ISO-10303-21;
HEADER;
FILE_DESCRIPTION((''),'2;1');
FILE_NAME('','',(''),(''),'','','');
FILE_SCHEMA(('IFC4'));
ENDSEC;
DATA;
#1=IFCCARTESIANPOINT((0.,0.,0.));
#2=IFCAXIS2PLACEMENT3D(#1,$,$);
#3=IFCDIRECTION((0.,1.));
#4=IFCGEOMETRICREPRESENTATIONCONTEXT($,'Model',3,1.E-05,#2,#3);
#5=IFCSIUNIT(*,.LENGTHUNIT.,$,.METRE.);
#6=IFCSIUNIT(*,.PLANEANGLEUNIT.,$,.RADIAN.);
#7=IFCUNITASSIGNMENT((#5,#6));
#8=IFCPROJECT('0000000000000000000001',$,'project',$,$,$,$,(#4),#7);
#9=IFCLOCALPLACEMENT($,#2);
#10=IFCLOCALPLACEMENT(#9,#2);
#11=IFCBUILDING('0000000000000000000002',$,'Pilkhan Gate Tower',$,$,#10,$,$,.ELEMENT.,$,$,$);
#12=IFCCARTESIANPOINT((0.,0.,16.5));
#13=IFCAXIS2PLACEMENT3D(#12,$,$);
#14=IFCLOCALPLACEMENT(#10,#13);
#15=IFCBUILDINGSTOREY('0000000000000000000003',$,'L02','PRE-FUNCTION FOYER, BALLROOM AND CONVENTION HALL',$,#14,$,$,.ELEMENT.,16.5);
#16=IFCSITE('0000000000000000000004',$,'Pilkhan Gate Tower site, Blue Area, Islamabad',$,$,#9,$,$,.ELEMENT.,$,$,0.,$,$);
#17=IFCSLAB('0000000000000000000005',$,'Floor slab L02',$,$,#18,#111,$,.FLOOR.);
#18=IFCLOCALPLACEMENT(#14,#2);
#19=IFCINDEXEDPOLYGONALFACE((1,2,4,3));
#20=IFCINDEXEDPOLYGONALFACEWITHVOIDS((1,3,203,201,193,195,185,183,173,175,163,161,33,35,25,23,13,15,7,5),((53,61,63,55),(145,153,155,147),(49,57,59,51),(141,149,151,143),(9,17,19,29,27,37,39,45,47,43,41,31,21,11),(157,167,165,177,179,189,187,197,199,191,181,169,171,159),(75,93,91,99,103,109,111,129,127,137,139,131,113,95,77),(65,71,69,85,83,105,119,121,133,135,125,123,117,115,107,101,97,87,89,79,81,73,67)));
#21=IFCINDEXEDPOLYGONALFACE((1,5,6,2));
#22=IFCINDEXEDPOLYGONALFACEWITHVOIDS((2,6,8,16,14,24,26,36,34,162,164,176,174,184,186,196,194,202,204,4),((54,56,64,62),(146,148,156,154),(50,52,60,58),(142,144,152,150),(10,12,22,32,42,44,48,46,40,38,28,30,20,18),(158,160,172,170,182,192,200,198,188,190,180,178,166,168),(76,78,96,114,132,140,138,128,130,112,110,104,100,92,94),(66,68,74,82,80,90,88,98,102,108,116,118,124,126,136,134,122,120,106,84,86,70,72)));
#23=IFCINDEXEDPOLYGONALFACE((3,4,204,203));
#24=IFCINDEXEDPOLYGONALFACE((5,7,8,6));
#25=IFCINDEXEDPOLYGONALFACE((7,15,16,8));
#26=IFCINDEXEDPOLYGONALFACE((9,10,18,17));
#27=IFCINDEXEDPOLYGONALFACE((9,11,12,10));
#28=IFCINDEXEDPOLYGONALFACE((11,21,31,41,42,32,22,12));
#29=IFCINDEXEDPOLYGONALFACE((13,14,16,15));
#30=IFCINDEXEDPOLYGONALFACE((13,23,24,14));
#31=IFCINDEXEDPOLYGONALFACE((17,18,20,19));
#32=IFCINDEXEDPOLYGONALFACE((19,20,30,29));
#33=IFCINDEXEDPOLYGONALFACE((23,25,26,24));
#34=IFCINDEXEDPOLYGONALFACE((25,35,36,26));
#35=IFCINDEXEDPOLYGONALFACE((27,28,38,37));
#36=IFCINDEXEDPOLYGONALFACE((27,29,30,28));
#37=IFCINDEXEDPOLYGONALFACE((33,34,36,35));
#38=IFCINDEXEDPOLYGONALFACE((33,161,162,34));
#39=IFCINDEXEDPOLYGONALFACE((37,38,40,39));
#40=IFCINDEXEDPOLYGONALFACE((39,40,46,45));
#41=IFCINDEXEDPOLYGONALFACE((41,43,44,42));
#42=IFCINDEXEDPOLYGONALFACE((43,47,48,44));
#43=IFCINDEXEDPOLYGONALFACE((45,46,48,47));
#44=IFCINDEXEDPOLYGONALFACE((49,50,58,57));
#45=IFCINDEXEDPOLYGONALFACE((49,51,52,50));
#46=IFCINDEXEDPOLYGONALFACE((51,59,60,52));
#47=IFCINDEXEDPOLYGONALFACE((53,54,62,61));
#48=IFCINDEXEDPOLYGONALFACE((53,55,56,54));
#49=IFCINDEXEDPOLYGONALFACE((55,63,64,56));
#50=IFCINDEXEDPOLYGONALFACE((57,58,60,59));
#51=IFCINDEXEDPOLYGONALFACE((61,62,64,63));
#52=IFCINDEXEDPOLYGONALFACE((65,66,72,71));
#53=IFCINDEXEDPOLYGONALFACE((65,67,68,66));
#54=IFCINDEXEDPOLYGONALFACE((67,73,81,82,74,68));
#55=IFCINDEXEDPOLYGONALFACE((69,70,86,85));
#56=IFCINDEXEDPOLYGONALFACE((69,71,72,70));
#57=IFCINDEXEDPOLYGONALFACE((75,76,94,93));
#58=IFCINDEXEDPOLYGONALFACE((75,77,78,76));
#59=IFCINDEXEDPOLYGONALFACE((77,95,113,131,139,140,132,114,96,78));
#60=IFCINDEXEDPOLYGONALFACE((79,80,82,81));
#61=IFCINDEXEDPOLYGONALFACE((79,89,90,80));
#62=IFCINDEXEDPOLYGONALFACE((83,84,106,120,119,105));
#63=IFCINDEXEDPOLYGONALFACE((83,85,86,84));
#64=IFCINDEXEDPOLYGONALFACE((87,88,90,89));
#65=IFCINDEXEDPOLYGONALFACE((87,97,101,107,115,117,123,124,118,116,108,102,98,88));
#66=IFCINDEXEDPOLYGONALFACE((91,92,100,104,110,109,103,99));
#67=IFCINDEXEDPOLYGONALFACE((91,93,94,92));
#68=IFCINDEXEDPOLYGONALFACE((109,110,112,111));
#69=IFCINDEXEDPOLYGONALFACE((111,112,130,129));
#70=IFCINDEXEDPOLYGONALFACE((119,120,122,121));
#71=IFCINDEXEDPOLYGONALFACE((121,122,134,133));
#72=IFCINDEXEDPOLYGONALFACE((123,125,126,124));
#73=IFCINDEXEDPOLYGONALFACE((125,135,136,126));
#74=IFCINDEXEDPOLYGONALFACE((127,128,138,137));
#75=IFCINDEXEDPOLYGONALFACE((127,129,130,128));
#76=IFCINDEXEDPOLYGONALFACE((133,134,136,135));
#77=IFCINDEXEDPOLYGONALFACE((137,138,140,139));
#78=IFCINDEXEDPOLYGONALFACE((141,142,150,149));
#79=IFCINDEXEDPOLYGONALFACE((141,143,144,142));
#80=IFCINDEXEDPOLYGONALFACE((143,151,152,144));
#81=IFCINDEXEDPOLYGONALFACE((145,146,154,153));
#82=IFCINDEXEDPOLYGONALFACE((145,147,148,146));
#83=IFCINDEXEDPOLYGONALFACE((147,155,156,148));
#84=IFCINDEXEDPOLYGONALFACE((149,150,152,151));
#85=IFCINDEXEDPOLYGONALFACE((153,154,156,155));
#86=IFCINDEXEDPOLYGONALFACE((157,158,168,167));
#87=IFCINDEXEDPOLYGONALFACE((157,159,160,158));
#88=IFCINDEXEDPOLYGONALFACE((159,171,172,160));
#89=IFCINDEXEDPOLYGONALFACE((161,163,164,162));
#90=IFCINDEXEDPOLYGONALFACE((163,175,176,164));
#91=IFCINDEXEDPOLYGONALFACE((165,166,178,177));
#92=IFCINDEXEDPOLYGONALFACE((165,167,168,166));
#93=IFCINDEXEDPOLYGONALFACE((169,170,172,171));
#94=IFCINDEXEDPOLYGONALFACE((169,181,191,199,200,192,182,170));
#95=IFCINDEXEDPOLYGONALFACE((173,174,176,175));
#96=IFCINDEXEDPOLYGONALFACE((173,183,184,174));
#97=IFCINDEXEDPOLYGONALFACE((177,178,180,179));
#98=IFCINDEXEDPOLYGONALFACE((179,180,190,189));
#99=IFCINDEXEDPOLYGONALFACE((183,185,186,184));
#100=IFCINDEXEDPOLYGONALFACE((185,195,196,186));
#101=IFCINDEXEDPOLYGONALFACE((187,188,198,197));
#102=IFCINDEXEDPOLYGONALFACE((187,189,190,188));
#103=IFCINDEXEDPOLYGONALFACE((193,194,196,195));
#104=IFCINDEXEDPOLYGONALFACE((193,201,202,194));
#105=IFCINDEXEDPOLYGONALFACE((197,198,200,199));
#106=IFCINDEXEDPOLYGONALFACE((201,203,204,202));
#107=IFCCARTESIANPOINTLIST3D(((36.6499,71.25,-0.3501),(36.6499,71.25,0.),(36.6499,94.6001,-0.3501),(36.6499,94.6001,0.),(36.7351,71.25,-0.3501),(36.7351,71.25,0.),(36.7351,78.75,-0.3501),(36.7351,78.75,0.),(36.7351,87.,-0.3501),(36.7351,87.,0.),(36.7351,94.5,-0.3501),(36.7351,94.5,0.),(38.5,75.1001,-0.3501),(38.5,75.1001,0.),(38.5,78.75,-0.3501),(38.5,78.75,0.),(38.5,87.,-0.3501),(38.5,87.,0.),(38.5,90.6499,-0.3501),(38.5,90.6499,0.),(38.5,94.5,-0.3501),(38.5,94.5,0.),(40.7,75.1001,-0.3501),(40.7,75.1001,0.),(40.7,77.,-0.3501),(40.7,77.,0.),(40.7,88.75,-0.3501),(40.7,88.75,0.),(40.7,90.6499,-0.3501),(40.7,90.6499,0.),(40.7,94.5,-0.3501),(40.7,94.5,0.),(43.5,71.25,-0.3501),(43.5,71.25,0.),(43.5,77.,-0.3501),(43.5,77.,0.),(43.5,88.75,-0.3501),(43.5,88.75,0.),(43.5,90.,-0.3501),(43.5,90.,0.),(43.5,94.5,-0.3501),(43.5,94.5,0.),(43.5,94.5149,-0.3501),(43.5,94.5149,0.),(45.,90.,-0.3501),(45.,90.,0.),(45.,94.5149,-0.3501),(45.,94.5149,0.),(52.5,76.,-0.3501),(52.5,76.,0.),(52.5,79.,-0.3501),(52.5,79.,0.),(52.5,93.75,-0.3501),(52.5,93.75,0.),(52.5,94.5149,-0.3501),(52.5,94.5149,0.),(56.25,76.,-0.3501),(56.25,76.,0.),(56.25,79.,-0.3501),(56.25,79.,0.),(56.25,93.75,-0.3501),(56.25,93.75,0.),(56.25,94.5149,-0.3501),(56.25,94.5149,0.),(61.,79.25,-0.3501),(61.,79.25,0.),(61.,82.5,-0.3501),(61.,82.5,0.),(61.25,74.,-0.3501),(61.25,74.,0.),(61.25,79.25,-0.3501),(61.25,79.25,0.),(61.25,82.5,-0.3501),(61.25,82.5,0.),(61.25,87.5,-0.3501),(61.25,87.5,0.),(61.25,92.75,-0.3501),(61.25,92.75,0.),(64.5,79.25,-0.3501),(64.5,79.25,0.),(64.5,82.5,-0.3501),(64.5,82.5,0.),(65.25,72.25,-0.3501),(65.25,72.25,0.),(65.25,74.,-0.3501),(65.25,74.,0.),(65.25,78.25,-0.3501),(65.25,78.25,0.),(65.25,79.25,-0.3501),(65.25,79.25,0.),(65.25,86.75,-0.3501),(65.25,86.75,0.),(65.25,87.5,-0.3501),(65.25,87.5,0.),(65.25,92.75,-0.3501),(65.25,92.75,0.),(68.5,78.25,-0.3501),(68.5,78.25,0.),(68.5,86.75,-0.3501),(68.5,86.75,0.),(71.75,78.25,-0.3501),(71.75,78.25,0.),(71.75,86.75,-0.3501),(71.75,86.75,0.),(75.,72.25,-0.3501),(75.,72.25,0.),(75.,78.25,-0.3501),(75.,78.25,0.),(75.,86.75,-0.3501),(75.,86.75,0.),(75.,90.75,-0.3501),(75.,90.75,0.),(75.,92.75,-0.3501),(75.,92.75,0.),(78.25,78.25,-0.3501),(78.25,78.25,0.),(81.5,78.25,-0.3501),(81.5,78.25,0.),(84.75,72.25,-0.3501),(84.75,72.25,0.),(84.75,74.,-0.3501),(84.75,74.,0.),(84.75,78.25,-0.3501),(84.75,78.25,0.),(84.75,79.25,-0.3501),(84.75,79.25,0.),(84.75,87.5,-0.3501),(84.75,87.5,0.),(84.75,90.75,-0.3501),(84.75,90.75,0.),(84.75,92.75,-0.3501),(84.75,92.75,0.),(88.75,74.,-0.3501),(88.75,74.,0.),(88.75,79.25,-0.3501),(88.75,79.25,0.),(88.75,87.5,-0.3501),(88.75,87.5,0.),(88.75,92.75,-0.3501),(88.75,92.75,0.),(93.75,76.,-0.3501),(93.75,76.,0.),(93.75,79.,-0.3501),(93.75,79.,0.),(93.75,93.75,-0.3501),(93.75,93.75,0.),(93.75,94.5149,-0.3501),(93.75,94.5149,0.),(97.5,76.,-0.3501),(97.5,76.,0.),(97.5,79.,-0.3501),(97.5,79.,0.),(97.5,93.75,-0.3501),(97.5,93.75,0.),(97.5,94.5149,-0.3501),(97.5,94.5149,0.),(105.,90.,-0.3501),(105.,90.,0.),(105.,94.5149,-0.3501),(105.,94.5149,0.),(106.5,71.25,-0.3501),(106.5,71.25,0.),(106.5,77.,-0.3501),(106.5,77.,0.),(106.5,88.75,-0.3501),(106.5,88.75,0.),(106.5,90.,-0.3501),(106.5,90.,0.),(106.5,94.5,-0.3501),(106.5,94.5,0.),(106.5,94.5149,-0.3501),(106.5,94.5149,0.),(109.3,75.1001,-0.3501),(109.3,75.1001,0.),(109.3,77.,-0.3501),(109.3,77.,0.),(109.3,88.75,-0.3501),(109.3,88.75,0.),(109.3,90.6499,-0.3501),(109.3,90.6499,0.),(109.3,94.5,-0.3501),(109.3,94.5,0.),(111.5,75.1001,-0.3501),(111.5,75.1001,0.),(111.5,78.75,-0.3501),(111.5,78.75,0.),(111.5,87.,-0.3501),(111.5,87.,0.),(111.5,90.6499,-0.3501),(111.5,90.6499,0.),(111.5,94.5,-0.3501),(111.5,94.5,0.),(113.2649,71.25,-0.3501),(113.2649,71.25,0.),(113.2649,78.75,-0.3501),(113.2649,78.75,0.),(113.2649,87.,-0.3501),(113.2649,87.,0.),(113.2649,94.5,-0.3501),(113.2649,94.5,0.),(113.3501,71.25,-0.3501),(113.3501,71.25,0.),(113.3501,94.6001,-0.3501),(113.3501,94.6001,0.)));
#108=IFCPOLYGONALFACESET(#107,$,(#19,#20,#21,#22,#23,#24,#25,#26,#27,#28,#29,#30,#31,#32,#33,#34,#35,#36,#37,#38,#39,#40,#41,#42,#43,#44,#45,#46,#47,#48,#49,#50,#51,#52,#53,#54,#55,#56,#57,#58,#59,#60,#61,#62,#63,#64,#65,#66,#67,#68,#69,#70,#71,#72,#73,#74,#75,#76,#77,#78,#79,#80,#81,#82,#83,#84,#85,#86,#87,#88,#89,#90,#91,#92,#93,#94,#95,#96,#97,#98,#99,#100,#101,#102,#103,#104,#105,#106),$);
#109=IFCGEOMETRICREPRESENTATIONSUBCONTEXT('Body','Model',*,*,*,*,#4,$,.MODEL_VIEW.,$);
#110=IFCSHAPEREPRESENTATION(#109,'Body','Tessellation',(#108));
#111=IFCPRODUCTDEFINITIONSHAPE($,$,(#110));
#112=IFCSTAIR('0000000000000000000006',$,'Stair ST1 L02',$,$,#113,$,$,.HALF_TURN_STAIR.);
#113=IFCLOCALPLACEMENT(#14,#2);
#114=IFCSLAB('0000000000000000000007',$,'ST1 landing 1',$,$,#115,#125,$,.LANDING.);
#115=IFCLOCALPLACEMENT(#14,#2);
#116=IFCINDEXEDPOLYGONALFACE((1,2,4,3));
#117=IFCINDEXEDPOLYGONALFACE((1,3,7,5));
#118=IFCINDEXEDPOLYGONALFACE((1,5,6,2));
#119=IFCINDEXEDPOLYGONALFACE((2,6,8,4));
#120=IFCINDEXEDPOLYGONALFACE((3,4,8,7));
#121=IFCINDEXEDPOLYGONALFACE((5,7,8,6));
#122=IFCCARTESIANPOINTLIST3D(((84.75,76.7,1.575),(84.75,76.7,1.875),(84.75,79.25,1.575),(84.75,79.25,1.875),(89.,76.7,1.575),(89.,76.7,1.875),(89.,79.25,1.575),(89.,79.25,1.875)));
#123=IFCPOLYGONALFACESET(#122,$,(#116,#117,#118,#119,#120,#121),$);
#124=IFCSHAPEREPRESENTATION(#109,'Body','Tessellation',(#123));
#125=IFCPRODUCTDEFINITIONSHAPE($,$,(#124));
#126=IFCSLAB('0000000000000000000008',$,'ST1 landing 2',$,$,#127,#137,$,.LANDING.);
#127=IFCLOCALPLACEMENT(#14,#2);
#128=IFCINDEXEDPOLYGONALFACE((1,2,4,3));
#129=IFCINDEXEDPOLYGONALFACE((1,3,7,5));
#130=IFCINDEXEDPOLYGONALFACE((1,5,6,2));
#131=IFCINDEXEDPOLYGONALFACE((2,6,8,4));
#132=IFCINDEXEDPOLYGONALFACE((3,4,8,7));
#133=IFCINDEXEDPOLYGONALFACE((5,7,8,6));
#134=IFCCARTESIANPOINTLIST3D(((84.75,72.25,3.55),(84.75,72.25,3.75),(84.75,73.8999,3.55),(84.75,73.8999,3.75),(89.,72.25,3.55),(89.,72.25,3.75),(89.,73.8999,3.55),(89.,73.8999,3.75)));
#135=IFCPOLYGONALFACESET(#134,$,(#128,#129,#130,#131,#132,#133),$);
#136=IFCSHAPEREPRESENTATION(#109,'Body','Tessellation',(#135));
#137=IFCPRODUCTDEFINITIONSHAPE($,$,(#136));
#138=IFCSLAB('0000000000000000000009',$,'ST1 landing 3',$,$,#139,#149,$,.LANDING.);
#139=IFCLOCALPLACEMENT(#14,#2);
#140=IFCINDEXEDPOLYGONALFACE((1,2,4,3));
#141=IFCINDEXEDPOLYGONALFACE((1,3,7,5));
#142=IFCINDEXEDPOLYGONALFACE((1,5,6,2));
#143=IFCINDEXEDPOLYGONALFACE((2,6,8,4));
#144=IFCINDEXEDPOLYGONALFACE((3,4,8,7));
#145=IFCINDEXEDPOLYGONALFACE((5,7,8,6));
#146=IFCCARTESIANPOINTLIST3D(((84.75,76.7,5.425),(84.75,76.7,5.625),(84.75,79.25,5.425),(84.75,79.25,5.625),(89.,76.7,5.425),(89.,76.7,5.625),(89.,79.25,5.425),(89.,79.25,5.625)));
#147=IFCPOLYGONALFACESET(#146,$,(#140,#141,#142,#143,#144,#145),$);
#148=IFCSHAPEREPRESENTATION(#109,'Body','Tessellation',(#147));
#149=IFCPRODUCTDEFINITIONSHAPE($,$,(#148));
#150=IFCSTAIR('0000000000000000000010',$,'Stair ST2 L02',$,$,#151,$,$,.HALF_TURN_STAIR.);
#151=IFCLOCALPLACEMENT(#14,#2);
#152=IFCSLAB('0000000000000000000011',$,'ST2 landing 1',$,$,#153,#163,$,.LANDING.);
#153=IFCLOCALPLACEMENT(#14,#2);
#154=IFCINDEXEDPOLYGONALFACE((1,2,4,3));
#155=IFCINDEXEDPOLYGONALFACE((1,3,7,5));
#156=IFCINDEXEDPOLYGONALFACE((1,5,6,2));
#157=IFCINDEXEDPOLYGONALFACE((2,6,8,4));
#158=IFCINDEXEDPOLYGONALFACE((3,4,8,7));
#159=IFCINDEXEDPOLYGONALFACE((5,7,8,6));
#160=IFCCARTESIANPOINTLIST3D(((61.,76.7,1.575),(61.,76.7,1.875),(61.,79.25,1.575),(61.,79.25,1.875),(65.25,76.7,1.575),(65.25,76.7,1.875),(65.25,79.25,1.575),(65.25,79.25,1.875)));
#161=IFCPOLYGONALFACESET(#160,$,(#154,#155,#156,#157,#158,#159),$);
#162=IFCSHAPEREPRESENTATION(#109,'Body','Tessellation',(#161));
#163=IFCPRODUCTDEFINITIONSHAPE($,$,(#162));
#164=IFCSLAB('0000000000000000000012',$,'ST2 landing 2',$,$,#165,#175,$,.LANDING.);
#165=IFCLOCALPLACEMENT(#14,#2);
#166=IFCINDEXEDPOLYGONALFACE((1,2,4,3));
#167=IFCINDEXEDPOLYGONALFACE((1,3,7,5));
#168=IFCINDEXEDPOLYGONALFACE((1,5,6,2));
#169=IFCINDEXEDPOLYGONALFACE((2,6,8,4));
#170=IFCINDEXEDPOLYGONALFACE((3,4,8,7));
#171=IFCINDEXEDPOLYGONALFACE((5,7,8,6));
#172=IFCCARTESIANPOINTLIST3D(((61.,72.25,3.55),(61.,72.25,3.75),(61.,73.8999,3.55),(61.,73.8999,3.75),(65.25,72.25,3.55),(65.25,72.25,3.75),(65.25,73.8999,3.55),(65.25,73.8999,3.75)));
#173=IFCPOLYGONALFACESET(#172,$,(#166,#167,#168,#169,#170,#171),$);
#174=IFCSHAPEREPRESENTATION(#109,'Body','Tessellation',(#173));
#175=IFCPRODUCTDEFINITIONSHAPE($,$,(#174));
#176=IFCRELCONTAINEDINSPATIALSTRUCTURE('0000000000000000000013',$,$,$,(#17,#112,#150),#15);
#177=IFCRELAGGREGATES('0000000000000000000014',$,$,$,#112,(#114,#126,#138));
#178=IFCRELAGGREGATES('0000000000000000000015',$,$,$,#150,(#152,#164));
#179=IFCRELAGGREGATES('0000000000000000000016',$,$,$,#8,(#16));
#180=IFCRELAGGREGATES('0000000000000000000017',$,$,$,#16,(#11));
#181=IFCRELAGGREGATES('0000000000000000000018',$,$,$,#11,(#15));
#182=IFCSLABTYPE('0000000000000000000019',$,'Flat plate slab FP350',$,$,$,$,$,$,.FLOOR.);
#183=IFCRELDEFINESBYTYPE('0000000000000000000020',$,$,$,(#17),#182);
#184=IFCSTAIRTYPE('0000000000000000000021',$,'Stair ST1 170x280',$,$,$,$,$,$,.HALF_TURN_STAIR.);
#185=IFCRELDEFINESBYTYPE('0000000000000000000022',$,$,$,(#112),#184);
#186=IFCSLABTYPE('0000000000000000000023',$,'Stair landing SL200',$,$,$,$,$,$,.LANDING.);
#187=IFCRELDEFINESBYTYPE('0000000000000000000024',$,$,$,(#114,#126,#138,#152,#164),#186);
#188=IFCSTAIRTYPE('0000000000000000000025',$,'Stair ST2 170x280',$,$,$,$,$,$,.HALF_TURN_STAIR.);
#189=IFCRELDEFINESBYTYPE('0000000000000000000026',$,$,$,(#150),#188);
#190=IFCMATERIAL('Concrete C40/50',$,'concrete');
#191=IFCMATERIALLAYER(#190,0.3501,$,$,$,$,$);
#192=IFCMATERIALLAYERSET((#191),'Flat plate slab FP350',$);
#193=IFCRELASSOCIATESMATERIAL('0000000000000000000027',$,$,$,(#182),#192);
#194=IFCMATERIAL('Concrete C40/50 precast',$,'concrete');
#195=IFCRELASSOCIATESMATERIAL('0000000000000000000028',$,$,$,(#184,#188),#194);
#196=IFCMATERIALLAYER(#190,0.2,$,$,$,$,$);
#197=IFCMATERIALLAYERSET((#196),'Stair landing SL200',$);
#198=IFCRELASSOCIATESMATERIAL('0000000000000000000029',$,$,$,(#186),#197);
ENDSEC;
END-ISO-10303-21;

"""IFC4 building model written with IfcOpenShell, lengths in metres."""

from ifc_helpers import new_model, si_unit, direction, frame, origin, place, context, subcontext, project, spatial, polyline, outline, extrude, material, layer, layer_set, type_object, element, aggregate, save


model = new_model("IFC4")

# Units and contexts
model_context = context("Model", 3, precision=1e-05, world=origin(), true_north=direction((0.0, 1.0)))
body_context = subcontext(model_context, "Body", "Model", "MODEL_VIEW")
ifc_project = project(units=[si_unit("LENGTHUNIT", "METRE"), si_unit("PLANEANGLEUNIT", "RADIAN")], contexts=[model_context])

# Site, building, storey
site_placement = place(None, origin())
site = spatial("IfcSite", under=ifc_project, at=site_placement, Name="Pilkhan Gate Tower site, Blue Area, Islamabad", CompositionType="ELEMENT", RefElevation=0.0)
building_placement = place(site_placement, origin())
building = spatial("IfcBuilding", under=site, at=building_placement, Name="Pilkhan Gate Tower", CompositionType="ELEMENT")
storey_placement = place(building_placement, frame((0.0, 0.0, 16.5)))
storey = spatial("IfcBuildingStorey", under=building, at=storey_placement, Name="L02", Description="PRE-FUNCTION FOYER, BALLROOM AND CONVENTION HALL", CompositionType="ELEMENT", Elevation=16.5)

# Slab
ifc_material_1 = material(Name="Concrete C40/50", Category="concrete")
ifc_layer_1 = layer(ifc_material_1, 0.3501)
ifc_layer_set_1 = layer_set([ifc_layer_1], Name="Flat plate slab FP350")
slab_type_1 = type_object("IfcSlabType", Name="Flat plate slab FP350", PredefinedType="FLOOR", material=ifc_layer_set_1)
slab_1_placement = place(storey_placement, frame((0.0, 0.0, -0.3501)))
element("IfcSlab", 1, at=slab_1_placement, inside=storey, type_object=slab_type_1, Name="Floor slab L02", PredefinedType="FLOOR", context=body_context, shape_type="SweptSolid", body=[
    extrude(outline(polyline([(36.6499, 94.6001), (113.3501, 94.6001), (113.3501, 71.25), (113.2649, 71.25), (113.2649, 78.75), (111.5, 78.75), (111.5, 75.1001), (109.3, 75.1001), (109.3, 77.0), (106.5, 77.0), (106.5, 71.25), (43.5, 71.25), (43.5, 77.0), (40.7, 77.0), (40.7, 75.1001), (38.5, 75.1001), (38.5, 78.75), (36.7351, 78.75), (36.7351, 71.25), (36.6499, 71.25), (36.6499, 94.6001)]), holes=[polyline([(109.3, 94.5), (106.5, 94.5), (106.5, 94.5149), (105.0, 94.5149), (105.0, 90.0), (106.5, 90.0), (106.5, 88.75), (109.3, 88.75), (109.3, 90.6499), (111.5, 90.6499), (111.5, 87.0), (113.2649, 87.0), (113.2649, 94.5), (111.5, 94.5), (109.3, 94.5)]), polyline([(97.5, 79.0), (93.75, 79.0), (93.75, 76.0), (97.5, 76.0), (97.5, 79.0)]), polyline([(71.75, 86.75), (75.0, 86.75), (75.0, 90.75), (84.75, 90.75), (84.75, 87.5), (88.75, 87.5), (88.75, 92.75), (84.75, 92.75), (75.0, 92.75), (65.25, 92.75), (61.25, 92.75), (61.25, 87.5), (65.25, 87.5), (65.25, 86.75), (68.5, 86.75), (71.75, 86.75)]), polyline([(84.75, 72.25), (84.75, 74.0), (88.75, 74.0), (88.75, 79.25), (84.75, 79.25), (84.75, 78.25), (81.5, 78.25), (78.25, 78.25), (75.0, 78.25), (71.75, 78.25), (68.5, 78.25), (65.25, 78.25), (65.25, 79.25), (64.5, 79.25), (64.5, 82.5), (61.25, 82.5), (61.0, 82.5), (61.0, 79.25), (61.25, 79.25), (61.25, 74.0), (65.25, 74.0), (65.25, 72.25), (75.0, 72.25), (84.75, 72.25)]), polyline([(56.25, 79.0), (52.5, 79.0), (52.5, 76.0), (56.25, 76.0), (56.25, 79.0)]), polyline([(40.7, 90.6499), (40.7, 88.75), (43.5, 88.75), (43.5, 90.0), (45.0, 90.0), (45.0, 94.5149), (43.5, 94.5149), (43.5, 94.5), (40.7, 94.5), (38.5, 94.5), (36.7351, 94.5), (36.7351, 87.0), (38.5, 87.0), (38.5, 90.6499), (40.7, 90.6499)]), polyline([(52.5, 93.75), (56.25, 93.75), (56.25, 94.5149), (52.5, 94.5149), (52.5, 93.75)]), polyline([(93.75, 93.75), (97.5, 93.75), (97.5, 94.5149), (93.75, 94.5149), (93.75, 93.75)])]), origin(), (0.0, 0.0, 1.0), 0.3501),
])

# Stairs, slabs
ifc_material_2 = material(Name="Concrete C40/50 precast", Category="concrete")
stair_type_1 = type_object("IfcStairType", Name="Stair ST1 170x280", PredefinedType="HALF_TURN_STAIR", material=ifc_material_2)
stair_1_placement = place(storey_placement, origin())
stair_1 = element("IfcStair", 2, at=stair_1_placement, inside=storey, type_object=stair_type_1, Name="Stair ST1 L02", PredefinedType="HALF_TURN_STAIR")
ifc_layer_2 = layer(ifc_material_1, 0.2)
ifc_layer_set_2 = layer_set([ifc_layer_2], Name="Stair landing SL200")
slab_type_2 = type_object("IfcSlabType", Name="Stair landing SL200", PredefinedType="LANDING", material=ifc_layer_set_2)
slab_2_placement = place(storey_placement, frame((0.0, 0.0, 1.575)))
slab_2 = element("IfcSlab", 3, at=slab_2_placement, type_object=slab_type_2, Name="ST1 landing 1", PredefinedType="LANDING", context=body_context, shape_type="SweptSolid", body=[
    extrude(outline(polyline([(89.0, 76.7), (89.0, 79.25), (84.75, 79.25), (84.75, 76.7), (89.0, 76.7)])), origin(), (0.0, 0.0, 1.0), 0.3),
])
slab_3_placement = place(storey_placement, frame((0.0, 0.0, 3.55)))
slab_3 = element("IfcSlab", 4, at=slab_3_placement, type_object=slab_type_2, Name="ST1 landing 2", PredefinedType="LANDING", context=body_context, shape_type="SweptSolid", body=[
    extrude(outline(polyline([(89.0, 72.25), (89.0, 73.8999), (84.75, 73.8999), (84.75, 72.25), (89.0, 72.25)])), origin(), (0.0, 0.0, 1.0), 0.2),
])
slab_4_placement = place(storey_placement, frame((0.0, 0.0, 5.425)))
slab_4 = element("IfcSlab", 5, at=slab_4_placement, type_object=slab_type_2, Name="ST1 landing 3", PredefinedType="LANDING", context=body_context, shape_type="SweptSolid", body=[
    extrude(outline(polyline([(89.0, 76.7), (89.0, 79.25), (84.75, 79.25), (84.75, 76.7), (89.0, 76.7)])), origin(), (0.0, 0.0, 1.0), 0.2),
])
aggregate(stair_1, [slab_2, slab_3, slab_4])
stair_type_2 = type_object("IfcStairType", Name="Stair ST2 170x280", PredefinedType="HALF_TURN_STAIR", material=ifc_material_2)
stair_2_placement = place(storey_placement, origin())
stair_2 = element("IfcStair", 6, at=stair_2_placement, inside=storey, type_object=stair_type_2, Name="Stair ST2 L02", PredefinedType="HALF_TURN_STAIR")
slab_5_placement = place(storey_placement, frame((0.0, 0.0, 1.575)))
slab_5 = element("IfcSlab", 7, at=slab_5_placement, type_object=slab_type_2, Name="ST2 landing 1", PredefinedType="LANDING", context=body_context, shape_type="SweptSolid", body=[
    extrude(outline(polyline([(65.25, 76.7), (65.25, 79.25), (61.0, 79.25), (61.0, 76.7), (65.25, 76.7)])), origin(), (0.0, 0.0, 1.0), 0.3),
])
slab_6_placement = place(storey_placement, frame((0.0, 0.0, 3.55)))
slab_6 = element("IfcSlab", 8, at=slab_6_placement, type_object=slab_type_2, Name="ST2 landing 2", PredefinedType="LANDING", context=body_context, shape_type="SweptSolid", body=[
    extrude(outline(polyline([(65.25, 72.25), (65.25, 73.8999), (61.0, 73.8999), (61.0, 72.25), (65.25, 72.25)])), origin(), (0.0, 0.0, 1.0), 0.2),
])
aggregate(stair_2, [slab_5, slab_6])

save(model, "model.ifc")
